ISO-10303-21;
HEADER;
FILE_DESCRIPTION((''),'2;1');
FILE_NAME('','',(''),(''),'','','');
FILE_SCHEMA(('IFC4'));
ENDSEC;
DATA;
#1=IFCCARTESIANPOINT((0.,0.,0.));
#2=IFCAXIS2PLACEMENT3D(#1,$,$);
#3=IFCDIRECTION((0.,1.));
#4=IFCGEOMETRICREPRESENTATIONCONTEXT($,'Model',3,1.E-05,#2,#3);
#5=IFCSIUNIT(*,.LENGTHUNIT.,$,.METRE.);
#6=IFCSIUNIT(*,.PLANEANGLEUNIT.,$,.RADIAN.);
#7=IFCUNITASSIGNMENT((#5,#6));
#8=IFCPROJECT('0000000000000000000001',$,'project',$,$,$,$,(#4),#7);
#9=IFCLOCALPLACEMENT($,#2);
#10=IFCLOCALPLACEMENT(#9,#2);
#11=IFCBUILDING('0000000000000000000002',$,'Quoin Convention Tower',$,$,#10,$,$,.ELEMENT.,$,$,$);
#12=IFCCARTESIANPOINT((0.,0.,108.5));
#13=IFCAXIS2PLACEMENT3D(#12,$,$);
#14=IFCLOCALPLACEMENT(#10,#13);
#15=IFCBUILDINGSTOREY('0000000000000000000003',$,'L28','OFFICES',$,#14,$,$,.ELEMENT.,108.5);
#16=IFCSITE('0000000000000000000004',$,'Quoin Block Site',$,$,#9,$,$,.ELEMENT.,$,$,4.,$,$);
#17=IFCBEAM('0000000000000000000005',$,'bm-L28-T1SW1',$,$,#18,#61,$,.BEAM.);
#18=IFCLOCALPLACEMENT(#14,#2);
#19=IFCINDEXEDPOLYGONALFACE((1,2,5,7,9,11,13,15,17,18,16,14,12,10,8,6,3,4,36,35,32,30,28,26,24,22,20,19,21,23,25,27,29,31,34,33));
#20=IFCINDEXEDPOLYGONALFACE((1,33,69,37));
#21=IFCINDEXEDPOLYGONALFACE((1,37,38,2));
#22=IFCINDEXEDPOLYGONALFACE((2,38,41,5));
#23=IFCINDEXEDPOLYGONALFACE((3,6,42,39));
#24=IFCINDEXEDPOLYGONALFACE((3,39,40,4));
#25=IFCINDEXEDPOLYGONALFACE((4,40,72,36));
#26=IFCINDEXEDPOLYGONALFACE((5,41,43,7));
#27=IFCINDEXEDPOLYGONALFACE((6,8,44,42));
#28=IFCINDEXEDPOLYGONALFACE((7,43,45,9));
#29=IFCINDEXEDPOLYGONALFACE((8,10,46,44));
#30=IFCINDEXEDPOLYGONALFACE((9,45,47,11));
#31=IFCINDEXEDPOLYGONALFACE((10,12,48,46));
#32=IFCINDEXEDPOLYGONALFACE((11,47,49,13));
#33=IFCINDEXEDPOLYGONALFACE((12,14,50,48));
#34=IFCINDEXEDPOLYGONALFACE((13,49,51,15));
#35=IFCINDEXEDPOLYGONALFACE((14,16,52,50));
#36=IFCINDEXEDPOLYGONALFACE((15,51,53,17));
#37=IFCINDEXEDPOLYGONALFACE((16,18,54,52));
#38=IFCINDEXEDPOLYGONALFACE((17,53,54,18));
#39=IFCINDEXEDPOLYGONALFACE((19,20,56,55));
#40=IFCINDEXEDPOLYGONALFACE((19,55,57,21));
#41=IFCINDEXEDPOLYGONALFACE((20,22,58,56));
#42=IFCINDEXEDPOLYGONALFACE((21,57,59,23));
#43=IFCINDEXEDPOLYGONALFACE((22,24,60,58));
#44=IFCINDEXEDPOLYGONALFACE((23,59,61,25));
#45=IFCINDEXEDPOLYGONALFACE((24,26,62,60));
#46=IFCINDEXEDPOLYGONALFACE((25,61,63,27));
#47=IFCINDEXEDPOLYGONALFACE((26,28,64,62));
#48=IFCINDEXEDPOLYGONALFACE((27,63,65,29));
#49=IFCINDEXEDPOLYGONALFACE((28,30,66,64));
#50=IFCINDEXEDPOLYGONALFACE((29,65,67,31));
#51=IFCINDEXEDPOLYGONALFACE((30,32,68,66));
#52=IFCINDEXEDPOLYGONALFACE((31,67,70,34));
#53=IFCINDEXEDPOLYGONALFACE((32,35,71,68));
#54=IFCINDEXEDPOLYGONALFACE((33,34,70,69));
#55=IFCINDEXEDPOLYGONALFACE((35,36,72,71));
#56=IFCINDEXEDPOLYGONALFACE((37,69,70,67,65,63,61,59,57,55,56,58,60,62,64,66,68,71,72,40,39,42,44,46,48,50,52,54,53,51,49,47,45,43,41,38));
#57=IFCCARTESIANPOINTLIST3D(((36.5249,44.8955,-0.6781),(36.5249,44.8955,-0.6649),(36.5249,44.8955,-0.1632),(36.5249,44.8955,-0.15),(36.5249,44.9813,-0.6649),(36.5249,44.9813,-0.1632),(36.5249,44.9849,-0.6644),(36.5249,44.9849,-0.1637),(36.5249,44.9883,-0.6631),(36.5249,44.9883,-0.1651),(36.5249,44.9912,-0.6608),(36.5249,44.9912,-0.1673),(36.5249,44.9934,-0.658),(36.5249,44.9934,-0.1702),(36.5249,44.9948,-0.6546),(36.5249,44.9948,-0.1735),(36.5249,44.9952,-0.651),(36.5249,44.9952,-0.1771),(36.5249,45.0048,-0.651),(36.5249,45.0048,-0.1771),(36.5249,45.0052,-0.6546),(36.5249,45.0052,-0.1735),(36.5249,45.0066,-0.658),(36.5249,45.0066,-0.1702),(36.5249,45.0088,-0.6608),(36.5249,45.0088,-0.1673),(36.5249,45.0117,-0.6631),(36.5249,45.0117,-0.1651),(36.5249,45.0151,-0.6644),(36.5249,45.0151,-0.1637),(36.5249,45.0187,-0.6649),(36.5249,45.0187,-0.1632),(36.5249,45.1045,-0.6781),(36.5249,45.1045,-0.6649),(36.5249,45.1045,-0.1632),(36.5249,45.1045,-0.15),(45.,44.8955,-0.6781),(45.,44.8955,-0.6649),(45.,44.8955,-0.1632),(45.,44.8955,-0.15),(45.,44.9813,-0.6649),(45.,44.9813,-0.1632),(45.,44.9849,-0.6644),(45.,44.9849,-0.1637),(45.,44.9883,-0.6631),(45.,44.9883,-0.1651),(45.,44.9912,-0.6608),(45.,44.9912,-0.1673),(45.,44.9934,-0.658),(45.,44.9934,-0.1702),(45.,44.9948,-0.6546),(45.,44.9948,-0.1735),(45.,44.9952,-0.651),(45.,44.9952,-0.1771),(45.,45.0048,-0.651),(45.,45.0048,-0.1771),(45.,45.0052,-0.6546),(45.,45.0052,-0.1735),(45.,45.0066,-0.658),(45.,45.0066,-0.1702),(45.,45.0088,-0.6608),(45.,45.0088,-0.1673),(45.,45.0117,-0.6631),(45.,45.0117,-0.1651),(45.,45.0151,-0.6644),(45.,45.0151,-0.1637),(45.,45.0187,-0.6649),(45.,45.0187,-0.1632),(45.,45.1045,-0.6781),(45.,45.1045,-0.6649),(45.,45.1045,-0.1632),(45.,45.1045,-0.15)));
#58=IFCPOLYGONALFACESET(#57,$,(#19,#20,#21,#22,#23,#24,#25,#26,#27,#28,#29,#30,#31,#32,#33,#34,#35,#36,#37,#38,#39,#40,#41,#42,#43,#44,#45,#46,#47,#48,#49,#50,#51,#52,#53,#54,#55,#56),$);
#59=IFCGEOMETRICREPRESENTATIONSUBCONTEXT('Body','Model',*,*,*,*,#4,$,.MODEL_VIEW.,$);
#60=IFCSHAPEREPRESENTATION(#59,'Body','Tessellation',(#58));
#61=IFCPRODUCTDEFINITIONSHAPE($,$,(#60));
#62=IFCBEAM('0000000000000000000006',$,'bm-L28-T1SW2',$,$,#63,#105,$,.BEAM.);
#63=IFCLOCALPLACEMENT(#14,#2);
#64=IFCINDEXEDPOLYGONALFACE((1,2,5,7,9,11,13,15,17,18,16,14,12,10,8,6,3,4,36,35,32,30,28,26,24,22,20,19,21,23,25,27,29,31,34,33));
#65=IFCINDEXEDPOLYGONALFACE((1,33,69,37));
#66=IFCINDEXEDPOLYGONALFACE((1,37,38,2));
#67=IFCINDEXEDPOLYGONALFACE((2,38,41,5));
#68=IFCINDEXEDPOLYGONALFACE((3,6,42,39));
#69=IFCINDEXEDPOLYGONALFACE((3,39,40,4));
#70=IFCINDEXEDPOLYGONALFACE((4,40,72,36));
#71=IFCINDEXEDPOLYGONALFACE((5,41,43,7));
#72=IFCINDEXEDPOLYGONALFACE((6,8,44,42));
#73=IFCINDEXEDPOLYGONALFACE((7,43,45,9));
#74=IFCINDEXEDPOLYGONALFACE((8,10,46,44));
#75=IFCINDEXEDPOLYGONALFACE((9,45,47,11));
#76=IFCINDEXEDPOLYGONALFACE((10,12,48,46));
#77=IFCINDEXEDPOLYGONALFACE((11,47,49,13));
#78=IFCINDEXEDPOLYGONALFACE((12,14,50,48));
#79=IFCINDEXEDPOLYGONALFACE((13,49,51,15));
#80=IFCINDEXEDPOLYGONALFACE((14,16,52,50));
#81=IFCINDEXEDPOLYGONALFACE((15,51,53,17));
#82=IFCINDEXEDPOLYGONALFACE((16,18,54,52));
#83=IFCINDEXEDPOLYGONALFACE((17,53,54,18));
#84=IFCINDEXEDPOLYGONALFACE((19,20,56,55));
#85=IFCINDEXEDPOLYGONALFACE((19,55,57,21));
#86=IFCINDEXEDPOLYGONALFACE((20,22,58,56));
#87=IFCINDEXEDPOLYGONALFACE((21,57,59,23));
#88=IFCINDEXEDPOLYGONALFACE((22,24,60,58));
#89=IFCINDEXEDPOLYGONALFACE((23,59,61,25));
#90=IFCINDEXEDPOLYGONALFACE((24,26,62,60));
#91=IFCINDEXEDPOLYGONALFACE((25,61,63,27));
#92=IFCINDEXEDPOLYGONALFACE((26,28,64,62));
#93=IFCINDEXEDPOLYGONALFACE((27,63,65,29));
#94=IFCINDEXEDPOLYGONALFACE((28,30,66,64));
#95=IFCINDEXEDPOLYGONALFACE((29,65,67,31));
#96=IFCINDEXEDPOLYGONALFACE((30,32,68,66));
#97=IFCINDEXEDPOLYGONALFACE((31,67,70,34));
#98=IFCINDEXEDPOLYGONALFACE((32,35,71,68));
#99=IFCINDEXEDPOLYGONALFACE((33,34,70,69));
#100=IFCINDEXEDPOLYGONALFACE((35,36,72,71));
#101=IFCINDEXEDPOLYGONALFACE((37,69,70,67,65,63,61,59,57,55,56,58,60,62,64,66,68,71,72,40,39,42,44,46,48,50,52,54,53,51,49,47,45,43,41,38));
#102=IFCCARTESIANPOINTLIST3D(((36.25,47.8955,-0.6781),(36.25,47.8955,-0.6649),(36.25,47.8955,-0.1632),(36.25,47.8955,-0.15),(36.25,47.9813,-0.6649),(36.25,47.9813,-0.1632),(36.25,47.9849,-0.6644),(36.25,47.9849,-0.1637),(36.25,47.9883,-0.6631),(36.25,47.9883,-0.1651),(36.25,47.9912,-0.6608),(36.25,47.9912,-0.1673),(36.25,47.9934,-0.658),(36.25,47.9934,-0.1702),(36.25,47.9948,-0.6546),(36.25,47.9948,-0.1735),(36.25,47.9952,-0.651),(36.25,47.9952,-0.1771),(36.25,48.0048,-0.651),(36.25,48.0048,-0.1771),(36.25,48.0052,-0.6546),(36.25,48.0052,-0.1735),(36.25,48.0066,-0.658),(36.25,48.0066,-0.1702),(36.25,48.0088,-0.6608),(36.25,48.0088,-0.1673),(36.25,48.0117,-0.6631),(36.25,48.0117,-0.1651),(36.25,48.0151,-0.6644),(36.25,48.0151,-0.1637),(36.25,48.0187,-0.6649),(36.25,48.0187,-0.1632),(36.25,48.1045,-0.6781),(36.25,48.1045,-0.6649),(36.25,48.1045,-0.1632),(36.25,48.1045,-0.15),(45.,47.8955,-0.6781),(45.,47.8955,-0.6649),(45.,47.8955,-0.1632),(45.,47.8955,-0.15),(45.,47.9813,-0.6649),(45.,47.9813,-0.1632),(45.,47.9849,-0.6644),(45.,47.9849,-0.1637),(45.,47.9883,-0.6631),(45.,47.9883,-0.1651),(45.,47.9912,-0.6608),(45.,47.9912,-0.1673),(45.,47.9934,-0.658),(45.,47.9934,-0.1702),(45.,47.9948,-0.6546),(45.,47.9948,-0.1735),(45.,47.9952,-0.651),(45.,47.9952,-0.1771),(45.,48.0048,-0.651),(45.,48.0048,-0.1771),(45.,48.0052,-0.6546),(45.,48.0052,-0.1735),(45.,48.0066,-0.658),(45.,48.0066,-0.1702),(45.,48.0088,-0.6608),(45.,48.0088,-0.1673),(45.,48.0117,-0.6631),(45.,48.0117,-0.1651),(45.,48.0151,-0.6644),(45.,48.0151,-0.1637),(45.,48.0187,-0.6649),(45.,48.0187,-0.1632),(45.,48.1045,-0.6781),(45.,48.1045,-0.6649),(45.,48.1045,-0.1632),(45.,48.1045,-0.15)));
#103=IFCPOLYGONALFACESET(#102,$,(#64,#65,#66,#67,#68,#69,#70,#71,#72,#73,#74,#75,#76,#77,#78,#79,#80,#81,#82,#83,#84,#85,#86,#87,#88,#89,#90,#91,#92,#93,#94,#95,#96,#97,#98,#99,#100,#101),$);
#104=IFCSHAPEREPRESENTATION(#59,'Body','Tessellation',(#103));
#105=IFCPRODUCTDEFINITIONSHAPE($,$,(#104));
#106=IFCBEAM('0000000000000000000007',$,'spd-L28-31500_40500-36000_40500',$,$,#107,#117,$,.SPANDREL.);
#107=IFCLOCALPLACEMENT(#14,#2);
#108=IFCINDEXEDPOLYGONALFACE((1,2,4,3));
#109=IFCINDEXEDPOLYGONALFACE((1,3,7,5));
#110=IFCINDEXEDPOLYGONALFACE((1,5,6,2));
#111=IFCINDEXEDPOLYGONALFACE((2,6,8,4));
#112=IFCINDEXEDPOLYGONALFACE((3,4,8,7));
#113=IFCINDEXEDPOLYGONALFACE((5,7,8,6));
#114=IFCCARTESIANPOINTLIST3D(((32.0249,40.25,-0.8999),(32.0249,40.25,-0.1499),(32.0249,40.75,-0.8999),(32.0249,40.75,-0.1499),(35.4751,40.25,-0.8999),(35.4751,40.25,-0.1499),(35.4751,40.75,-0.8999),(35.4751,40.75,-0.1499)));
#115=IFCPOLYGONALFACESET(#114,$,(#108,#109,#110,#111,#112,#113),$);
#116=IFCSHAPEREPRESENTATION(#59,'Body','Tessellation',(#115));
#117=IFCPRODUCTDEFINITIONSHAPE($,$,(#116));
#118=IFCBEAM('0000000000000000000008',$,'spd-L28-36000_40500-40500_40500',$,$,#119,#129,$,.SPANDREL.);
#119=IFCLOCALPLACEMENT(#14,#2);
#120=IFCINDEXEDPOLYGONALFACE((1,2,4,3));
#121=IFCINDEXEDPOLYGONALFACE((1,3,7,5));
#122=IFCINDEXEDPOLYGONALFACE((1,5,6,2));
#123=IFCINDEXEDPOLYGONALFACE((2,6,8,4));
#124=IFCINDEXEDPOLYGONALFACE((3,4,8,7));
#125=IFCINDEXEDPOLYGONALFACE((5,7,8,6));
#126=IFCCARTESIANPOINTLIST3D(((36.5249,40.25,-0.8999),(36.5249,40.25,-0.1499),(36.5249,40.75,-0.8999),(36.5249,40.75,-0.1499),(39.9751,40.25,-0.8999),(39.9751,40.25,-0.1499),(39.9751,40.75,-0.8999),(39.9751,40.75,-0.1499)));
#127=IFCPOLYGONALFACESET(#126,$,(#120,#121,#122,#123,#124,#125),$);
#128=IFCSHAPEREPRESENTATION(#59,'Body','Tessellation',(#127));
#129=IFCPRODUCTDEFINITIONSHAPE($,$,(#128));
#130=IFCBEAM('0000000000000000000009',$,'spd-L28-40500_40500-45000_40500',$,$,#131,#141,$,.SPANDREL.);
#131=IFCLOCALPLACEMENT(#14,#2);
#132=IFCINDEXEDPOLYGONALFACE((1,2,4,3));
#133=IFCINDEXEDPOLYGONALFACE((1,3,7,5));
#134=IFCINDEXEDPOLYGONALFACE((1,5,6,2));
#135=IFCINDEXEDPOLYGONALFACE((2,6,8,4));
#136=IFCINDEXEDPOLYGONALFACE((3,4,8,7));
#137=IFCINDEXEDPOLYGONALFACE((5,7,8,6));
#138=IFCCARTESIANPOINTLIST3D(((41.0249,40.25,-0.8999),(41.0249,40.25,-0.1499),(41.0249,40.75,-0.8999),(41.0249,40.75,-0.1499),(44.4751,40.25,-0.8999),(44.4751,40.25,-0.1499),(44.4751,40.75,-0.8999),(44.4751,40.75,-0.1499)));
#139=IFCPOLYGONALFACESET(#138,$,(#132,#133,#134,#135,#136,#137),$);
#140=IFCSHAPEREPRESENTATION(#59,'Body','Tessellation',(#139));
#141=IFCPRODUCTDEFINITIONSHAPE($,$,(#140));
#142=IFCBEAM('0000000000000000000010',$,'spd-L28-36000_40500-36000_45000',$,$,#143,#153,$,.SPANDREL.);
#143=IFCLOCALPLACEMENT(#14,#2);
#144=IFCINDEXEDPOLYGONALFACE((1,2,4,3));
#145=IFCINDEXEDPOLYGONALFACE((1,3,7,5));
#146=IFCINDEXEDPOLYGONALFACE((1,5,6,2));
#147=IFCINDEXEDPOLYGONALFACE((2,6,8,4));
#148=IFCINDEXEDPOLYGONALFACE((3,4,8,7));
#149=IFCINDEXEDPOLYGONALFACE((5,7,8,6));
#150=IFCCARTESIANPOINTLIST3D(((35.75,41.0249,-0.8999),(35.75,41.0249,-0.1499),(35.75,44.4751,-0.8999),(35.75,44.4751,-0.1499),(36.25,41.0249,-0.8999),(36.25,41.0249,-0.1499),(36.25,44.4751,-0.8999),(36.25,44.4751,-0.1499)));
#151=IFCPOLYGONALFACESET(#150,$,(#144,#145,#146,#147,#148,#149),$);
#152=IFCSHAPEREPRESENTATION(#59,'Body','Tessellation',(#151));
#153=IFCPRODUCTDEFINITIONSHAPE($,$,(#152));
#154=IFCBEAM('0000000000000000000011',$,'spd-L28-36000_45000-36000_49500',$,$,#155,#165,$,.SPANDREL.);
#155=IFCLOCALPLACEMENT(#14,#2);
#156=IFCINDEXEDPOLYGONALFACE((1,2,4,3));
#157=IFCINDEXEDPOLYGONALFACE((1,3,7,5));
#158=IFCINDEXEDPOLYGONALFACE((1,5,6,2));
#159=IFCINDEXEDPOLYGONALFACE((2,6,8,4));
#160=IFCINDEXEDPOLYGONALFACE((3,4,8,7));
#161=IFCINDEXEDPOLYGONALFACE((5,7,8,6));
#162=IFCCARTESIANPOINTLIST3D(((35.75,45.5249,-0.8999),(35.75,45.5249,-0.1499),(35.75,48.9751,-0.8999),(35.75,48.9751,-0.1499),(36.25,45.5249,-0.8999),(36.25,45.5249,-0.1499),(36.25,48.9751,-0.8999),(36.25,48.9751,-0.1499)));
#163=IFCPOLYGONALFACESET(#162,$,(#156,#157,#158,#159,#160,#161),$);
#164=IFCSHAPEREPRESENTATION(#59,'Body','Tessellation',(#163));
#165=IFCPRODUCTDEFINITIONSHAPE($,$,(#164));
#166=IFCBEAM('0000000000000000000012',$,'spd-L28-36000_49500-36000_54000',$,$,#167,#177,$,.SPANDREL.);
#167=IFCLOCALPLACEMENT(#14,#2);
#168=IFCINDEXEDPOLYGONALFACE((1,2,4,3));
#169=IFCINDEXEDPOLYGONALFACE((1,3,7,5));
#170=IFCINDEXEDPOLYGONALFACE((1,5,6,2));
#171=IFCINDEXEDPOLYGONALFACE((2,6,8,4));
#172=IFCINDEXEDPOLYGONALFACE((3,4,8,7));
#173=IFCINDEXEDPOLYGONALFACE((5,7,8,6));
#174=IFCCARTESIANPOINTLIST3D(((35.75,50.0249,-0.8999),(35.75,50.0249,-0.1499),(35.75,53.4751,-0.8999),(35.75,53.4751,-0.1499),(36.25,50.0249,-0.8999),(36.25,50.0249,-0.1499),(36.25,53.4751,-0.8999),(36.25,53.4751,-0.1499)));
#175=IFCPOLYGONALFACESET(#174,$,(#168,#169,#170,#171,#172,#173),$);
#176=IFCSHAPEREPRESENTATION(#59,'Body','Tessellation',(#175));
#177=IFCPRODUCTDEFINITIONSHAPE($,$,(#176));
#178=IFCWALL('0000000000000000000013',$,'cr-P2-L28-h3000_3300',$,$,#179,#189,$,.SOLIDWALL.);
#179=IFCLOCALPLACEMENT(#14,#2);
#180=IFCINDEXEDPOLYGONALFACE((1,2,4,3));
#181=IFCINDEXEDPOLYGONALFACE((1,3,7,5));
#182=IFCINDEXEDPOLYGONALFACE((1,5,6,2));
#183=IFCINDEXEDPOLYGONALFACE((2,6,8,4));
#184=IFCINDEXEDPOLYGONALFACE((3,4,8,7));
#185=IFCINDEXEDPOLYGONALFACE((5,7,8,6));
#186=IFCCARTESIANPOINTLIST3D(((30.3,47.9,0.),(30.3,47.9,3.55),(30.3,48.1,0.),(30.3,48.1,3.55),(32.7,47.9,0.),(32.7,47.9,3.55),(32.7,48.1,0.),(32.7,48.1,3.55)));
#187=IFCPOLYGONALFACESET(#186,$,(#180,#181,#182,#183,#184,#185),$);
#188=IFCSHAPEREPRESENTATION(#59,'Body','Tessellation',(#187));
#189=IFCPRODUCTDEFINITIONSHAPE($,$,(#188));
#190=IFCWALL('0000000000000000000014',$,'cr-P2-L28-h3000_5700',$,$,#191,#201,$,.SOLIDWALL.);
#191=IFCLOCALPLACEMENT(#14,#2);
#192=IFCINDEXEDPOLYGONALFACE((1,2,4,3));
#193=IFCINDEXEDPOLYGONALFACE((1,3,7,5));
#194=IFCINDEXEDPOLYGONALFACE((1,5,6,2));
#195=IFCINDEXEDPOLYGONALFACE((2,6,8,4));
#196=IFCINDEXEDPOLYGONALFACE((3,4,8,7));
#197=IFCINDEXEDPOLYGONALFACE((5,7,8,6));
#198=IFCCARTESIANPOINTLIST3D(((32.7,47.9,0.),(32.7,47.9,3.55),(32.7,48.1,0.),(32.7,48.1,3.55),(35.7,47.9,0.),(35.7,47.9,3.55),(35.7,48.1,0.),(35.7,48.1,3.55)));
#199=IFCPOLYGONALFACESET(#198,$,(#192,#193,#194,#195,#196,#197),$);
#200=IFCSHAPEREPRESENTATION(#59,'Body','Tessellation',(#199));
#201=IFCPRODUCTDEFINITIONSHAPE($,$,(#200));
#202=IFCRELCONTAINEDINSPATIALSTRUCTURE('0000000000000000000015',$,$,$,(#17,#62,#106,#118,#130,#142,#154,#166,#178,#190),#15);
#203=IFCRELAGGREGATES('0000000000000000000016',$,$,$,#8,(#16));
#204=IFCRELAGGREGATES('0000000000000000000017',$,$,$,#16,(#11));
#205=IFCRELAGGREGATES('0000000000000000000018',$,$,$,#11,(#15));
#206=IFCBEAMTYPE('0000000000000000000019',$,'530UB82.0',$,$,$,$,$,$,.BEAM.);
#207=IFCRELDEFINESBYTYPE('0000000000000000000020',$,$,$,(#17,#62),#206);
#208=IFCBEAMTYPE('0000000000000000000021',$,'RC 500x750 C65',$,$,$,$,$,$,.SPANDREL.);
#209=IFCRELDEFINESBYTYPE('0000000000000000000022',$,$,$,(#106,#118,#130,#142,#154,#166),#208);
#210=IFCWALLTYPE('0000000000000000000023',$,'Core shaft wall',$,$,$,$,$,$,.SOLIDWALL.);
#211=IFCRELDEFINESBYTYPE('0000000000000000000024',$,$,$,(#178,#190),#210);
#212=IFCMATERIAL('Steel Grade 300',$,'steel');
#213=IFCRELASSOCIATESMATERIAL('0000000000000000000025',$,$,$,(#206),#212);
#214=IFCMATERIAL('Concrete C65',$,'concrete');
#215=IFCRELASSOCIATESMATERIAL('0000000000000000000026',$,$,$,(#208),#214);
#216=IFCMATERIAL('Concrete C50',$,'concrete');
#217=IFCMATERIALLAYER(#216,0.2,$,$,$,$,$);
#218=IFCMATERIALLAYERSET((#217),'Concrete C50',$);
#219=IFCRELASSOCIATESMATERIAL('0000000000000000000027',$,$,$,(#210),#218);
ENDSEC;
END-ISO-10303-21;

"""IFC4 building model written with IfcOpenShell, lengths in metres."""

from ifc_helpers import new_model, si_unit, direction, frame, frame_2d, origin, origin_2d, place, context, subcontext, project, spatial, rectangle, i_section, extrude, material, layer, layer_set, material_profile, profile_set, type_object, element, save


model = new_model("IFC4")

# Units and contexts
model_context = context("Model", 3, precision=1e-05, world=origin(), true_north=direction((0.0, 1.0)))
body_context = subcontext(model_context, "Body", "Model", "MODEL_VIEW")
ifc_project = project(units=[si_unit("LENGTHUNIT", "METRE"), si_unit("PLANEANGLEUNIT", "RADIAN")], contexts=[model_context])

# Site, building, storey
site_placement = place(None, origin())
site = spatial("IfcSite", under=ifc_project, at=site_placement, Name="Quoin Block Site", CompositionType="ELEMENT", RefElevation=4.0)
building_placement = place(site_placement, origin())
building = spatial("IfcBuilding", under=site, at=building_placement, Name="Quoin Convention Tower", CompositionType="ELEMENT")
storey_placement = place(building_placement, frame((0.0, 0.0, 108.5)))
storey = spatial("IfcBuildingStorey", under=building, at=storey_placement, Name="L28", Description="OFFICES", CompositionType="ELEMENT", Elevation=108.5)

# Shared definitions
ifc_material_1 = material(Name="Concrete C65", Category="concrete")

# Beams
ifc_material_2 = material(Name="Steel Grade 300", Category="steel")
ifc_material_profile_1 = material_profile(ifc_material_2, i_section(OverallWidth=0.209, OverallDepth=0.5281, WebThickness=0.0095, FlangeThickness=0.0132, FilletRadius=0.0139, at=origin_2d()), Name="530UB82.0")
ifc_profile_set_1 = profile_set([ifc_material_profile_1], Name="Steel Grade 300")
beam_type_1 = type_object("IfcBeamType", Name="530UB82.0", PredefinedType="BEAM", material=ifc_profile_set_1)
beam_1_placement = place(storey_placement, frame((36.5249, 45.0, -0.4141), z_axis=(1.0, 0.0, 0.0), x_axis=(0.0, 1.0, 0.0)))
element("IfcBeam", 1, at=beam_1_placement, inside=storey, type_object=beam_type_1, Name="bm-L28-T1SW1", PredefinedType="BEAM", context=body_context, shape_type="SweptSolid", body=[
    extrude(i_section(OverallWidth=0.209, OverallDepth=0.5281, WebThickness=0.0095, FlangeThickness=0.0132, FilletRadius=0.0139, at=origin_2d()), origin(), (0.0, 0.0, 1.0), 8.4751),
])
beam_2_placement = place(storey_placement, frame((36.25, 48.0, -0.4141), z_axis=(1.0, 0.0, 0.0), x_axis=(0.0, 1.0, 0.0)))
element("IfcBeam", 2, at=beam_2_placement, inside=storey, type_object=beam_type_1, Name="bm-L28-T1SW2", PredefinedType="BEAM", context=body_context, shape_type="SweptSolid", body=[
    extrude(i_section(OverallWidth=0.209, OverallDepth=0.5281, WebThickness=0.0095, FlangeThickness=0.0132, FilletRadius=0.0139, at=origin_2d()), origin(), (0.0, 0.0, 1.0), 8.75),
])
ifc_material_profile_2 = material_profile(ifc_material_1, rectangle(XDim=0.5, YDim=0.75, at=origin_2d()), Name="RC 500x750")
ifc_profile_set_2 = profile_set([ifc_material_profile_2], Name="Concrete C65")
beam_type_2 = type_object("IfcBeamType", Name="RC 500x750 C65", PredefinedType="SPANDREL", material=ifc_profile_set_2)
for number, where, z_axis, x_axis, name in (
    (3, (32.0249, 40.5, -0.5249), (1.0, 0.0, 0.0), (0.0, 1.0, 0.0), "spd-L28-31500_40500-36000_40500"),
    (4, (36.5249, 40.5, -0.5249), (1.0, 0.0, 0.0), (0.0, 1.0, 0.0), "spd-L28-36000_40500-40500_40500"),
    (5, (41.0249, 40.5, -0.5249), (1.0, 0.0, 0.0), (0.0, 1.0, 0.0), "spd-L28-40500_40500-45000_40500"),
    (6, (36.0, 41.0249, -0.5249), (0.0, 1.0, 0.0), (-1.0, 0.0, 0.0), "spd-L28-36000_40500-36000_45000"),
    (7, (36.0, 45.5249, -0.5249), (0.0, 1.0, 0.0), (-1.0, 0.0, 0.0), "spd-L28-36000_45000-36000_49500"),
    (8, (36.0, 50.0249, -0.5249), (0.0, 1.0, 0.0), (-1.0, 0.0, 0.0), "spd-L28-36000_49500-36000_54000"),
):
    element("IfcBeam", number, at=place(storey_placement, frame(where, z_axis=z_axis, x_axis=x_axis)), inside=storey, type_object=beam_type_2, Name=name, PredefinedType="SPANDREL", context=body_context, shape_type="SweptSolid", body=[
        extrude(rectangle(XDim=0.5, YDim=0.75, at=origin_2d()), origin(), (0.0, 0.0, 1.0), 3.4502),
    ])

# Walls
ifc_material_3 = material(Name="Concrete C50", Category="concrete")
ifc_layer_1 = layer(ifc_material_3, 0.2)
ifc_layer_set_1 = layer_set([ifc_layer_1], Name="Concrete C50")
wall_type_1 = type_object("IfcWallType", Name="Core shaft wall", PredefinedType="SOLIDWALL", material=ifc_layer_set_1)
wall_1_placement = place(storey_placement, frame((30.3, 48.0, 0.0), z_axis=(0.0, 0.0, 1.0), x_axis=(1.0, 0.0, 0.0)))
element("IfcWall", 9, at=wall_1_placement, inside=storey, type_object=wall_type_1, Name="cr-P2-L28-h3000_3300", PredefinedType="SOLIDWALL", context=body_context, shape_type="SweptSolid", body=[
    extrude(rectangle(XDim=2.3999, YDim=0.2, at=frame_2d((1.2, 0.0))), origin(), (0.0, 0.0, 1.0), 3.55),
])
wall_2_placement = place(storey_placement, frame((32.7, 48.0, 0.0), z_axis=(0.0, 0.0, 1.0), x_axis=(1.0, 0.0, 0.0)))
element("IfcWall", 10, at=wall_2_placement, inside=storey, type_object=wall_type_1, Name="cr-P2-L28-h3000_5700", PredefinedType="SOLIDWALL", context=body_context, shape_type="SweptSolid", body=[
    extrude(rectangle(XDim=3.0, YDim=0.2, at=frame_2d((1.5, 0.0))), origin(), (0.0, 0.0, 1.0), 3.55),
])

save(model, "model.ifc")
